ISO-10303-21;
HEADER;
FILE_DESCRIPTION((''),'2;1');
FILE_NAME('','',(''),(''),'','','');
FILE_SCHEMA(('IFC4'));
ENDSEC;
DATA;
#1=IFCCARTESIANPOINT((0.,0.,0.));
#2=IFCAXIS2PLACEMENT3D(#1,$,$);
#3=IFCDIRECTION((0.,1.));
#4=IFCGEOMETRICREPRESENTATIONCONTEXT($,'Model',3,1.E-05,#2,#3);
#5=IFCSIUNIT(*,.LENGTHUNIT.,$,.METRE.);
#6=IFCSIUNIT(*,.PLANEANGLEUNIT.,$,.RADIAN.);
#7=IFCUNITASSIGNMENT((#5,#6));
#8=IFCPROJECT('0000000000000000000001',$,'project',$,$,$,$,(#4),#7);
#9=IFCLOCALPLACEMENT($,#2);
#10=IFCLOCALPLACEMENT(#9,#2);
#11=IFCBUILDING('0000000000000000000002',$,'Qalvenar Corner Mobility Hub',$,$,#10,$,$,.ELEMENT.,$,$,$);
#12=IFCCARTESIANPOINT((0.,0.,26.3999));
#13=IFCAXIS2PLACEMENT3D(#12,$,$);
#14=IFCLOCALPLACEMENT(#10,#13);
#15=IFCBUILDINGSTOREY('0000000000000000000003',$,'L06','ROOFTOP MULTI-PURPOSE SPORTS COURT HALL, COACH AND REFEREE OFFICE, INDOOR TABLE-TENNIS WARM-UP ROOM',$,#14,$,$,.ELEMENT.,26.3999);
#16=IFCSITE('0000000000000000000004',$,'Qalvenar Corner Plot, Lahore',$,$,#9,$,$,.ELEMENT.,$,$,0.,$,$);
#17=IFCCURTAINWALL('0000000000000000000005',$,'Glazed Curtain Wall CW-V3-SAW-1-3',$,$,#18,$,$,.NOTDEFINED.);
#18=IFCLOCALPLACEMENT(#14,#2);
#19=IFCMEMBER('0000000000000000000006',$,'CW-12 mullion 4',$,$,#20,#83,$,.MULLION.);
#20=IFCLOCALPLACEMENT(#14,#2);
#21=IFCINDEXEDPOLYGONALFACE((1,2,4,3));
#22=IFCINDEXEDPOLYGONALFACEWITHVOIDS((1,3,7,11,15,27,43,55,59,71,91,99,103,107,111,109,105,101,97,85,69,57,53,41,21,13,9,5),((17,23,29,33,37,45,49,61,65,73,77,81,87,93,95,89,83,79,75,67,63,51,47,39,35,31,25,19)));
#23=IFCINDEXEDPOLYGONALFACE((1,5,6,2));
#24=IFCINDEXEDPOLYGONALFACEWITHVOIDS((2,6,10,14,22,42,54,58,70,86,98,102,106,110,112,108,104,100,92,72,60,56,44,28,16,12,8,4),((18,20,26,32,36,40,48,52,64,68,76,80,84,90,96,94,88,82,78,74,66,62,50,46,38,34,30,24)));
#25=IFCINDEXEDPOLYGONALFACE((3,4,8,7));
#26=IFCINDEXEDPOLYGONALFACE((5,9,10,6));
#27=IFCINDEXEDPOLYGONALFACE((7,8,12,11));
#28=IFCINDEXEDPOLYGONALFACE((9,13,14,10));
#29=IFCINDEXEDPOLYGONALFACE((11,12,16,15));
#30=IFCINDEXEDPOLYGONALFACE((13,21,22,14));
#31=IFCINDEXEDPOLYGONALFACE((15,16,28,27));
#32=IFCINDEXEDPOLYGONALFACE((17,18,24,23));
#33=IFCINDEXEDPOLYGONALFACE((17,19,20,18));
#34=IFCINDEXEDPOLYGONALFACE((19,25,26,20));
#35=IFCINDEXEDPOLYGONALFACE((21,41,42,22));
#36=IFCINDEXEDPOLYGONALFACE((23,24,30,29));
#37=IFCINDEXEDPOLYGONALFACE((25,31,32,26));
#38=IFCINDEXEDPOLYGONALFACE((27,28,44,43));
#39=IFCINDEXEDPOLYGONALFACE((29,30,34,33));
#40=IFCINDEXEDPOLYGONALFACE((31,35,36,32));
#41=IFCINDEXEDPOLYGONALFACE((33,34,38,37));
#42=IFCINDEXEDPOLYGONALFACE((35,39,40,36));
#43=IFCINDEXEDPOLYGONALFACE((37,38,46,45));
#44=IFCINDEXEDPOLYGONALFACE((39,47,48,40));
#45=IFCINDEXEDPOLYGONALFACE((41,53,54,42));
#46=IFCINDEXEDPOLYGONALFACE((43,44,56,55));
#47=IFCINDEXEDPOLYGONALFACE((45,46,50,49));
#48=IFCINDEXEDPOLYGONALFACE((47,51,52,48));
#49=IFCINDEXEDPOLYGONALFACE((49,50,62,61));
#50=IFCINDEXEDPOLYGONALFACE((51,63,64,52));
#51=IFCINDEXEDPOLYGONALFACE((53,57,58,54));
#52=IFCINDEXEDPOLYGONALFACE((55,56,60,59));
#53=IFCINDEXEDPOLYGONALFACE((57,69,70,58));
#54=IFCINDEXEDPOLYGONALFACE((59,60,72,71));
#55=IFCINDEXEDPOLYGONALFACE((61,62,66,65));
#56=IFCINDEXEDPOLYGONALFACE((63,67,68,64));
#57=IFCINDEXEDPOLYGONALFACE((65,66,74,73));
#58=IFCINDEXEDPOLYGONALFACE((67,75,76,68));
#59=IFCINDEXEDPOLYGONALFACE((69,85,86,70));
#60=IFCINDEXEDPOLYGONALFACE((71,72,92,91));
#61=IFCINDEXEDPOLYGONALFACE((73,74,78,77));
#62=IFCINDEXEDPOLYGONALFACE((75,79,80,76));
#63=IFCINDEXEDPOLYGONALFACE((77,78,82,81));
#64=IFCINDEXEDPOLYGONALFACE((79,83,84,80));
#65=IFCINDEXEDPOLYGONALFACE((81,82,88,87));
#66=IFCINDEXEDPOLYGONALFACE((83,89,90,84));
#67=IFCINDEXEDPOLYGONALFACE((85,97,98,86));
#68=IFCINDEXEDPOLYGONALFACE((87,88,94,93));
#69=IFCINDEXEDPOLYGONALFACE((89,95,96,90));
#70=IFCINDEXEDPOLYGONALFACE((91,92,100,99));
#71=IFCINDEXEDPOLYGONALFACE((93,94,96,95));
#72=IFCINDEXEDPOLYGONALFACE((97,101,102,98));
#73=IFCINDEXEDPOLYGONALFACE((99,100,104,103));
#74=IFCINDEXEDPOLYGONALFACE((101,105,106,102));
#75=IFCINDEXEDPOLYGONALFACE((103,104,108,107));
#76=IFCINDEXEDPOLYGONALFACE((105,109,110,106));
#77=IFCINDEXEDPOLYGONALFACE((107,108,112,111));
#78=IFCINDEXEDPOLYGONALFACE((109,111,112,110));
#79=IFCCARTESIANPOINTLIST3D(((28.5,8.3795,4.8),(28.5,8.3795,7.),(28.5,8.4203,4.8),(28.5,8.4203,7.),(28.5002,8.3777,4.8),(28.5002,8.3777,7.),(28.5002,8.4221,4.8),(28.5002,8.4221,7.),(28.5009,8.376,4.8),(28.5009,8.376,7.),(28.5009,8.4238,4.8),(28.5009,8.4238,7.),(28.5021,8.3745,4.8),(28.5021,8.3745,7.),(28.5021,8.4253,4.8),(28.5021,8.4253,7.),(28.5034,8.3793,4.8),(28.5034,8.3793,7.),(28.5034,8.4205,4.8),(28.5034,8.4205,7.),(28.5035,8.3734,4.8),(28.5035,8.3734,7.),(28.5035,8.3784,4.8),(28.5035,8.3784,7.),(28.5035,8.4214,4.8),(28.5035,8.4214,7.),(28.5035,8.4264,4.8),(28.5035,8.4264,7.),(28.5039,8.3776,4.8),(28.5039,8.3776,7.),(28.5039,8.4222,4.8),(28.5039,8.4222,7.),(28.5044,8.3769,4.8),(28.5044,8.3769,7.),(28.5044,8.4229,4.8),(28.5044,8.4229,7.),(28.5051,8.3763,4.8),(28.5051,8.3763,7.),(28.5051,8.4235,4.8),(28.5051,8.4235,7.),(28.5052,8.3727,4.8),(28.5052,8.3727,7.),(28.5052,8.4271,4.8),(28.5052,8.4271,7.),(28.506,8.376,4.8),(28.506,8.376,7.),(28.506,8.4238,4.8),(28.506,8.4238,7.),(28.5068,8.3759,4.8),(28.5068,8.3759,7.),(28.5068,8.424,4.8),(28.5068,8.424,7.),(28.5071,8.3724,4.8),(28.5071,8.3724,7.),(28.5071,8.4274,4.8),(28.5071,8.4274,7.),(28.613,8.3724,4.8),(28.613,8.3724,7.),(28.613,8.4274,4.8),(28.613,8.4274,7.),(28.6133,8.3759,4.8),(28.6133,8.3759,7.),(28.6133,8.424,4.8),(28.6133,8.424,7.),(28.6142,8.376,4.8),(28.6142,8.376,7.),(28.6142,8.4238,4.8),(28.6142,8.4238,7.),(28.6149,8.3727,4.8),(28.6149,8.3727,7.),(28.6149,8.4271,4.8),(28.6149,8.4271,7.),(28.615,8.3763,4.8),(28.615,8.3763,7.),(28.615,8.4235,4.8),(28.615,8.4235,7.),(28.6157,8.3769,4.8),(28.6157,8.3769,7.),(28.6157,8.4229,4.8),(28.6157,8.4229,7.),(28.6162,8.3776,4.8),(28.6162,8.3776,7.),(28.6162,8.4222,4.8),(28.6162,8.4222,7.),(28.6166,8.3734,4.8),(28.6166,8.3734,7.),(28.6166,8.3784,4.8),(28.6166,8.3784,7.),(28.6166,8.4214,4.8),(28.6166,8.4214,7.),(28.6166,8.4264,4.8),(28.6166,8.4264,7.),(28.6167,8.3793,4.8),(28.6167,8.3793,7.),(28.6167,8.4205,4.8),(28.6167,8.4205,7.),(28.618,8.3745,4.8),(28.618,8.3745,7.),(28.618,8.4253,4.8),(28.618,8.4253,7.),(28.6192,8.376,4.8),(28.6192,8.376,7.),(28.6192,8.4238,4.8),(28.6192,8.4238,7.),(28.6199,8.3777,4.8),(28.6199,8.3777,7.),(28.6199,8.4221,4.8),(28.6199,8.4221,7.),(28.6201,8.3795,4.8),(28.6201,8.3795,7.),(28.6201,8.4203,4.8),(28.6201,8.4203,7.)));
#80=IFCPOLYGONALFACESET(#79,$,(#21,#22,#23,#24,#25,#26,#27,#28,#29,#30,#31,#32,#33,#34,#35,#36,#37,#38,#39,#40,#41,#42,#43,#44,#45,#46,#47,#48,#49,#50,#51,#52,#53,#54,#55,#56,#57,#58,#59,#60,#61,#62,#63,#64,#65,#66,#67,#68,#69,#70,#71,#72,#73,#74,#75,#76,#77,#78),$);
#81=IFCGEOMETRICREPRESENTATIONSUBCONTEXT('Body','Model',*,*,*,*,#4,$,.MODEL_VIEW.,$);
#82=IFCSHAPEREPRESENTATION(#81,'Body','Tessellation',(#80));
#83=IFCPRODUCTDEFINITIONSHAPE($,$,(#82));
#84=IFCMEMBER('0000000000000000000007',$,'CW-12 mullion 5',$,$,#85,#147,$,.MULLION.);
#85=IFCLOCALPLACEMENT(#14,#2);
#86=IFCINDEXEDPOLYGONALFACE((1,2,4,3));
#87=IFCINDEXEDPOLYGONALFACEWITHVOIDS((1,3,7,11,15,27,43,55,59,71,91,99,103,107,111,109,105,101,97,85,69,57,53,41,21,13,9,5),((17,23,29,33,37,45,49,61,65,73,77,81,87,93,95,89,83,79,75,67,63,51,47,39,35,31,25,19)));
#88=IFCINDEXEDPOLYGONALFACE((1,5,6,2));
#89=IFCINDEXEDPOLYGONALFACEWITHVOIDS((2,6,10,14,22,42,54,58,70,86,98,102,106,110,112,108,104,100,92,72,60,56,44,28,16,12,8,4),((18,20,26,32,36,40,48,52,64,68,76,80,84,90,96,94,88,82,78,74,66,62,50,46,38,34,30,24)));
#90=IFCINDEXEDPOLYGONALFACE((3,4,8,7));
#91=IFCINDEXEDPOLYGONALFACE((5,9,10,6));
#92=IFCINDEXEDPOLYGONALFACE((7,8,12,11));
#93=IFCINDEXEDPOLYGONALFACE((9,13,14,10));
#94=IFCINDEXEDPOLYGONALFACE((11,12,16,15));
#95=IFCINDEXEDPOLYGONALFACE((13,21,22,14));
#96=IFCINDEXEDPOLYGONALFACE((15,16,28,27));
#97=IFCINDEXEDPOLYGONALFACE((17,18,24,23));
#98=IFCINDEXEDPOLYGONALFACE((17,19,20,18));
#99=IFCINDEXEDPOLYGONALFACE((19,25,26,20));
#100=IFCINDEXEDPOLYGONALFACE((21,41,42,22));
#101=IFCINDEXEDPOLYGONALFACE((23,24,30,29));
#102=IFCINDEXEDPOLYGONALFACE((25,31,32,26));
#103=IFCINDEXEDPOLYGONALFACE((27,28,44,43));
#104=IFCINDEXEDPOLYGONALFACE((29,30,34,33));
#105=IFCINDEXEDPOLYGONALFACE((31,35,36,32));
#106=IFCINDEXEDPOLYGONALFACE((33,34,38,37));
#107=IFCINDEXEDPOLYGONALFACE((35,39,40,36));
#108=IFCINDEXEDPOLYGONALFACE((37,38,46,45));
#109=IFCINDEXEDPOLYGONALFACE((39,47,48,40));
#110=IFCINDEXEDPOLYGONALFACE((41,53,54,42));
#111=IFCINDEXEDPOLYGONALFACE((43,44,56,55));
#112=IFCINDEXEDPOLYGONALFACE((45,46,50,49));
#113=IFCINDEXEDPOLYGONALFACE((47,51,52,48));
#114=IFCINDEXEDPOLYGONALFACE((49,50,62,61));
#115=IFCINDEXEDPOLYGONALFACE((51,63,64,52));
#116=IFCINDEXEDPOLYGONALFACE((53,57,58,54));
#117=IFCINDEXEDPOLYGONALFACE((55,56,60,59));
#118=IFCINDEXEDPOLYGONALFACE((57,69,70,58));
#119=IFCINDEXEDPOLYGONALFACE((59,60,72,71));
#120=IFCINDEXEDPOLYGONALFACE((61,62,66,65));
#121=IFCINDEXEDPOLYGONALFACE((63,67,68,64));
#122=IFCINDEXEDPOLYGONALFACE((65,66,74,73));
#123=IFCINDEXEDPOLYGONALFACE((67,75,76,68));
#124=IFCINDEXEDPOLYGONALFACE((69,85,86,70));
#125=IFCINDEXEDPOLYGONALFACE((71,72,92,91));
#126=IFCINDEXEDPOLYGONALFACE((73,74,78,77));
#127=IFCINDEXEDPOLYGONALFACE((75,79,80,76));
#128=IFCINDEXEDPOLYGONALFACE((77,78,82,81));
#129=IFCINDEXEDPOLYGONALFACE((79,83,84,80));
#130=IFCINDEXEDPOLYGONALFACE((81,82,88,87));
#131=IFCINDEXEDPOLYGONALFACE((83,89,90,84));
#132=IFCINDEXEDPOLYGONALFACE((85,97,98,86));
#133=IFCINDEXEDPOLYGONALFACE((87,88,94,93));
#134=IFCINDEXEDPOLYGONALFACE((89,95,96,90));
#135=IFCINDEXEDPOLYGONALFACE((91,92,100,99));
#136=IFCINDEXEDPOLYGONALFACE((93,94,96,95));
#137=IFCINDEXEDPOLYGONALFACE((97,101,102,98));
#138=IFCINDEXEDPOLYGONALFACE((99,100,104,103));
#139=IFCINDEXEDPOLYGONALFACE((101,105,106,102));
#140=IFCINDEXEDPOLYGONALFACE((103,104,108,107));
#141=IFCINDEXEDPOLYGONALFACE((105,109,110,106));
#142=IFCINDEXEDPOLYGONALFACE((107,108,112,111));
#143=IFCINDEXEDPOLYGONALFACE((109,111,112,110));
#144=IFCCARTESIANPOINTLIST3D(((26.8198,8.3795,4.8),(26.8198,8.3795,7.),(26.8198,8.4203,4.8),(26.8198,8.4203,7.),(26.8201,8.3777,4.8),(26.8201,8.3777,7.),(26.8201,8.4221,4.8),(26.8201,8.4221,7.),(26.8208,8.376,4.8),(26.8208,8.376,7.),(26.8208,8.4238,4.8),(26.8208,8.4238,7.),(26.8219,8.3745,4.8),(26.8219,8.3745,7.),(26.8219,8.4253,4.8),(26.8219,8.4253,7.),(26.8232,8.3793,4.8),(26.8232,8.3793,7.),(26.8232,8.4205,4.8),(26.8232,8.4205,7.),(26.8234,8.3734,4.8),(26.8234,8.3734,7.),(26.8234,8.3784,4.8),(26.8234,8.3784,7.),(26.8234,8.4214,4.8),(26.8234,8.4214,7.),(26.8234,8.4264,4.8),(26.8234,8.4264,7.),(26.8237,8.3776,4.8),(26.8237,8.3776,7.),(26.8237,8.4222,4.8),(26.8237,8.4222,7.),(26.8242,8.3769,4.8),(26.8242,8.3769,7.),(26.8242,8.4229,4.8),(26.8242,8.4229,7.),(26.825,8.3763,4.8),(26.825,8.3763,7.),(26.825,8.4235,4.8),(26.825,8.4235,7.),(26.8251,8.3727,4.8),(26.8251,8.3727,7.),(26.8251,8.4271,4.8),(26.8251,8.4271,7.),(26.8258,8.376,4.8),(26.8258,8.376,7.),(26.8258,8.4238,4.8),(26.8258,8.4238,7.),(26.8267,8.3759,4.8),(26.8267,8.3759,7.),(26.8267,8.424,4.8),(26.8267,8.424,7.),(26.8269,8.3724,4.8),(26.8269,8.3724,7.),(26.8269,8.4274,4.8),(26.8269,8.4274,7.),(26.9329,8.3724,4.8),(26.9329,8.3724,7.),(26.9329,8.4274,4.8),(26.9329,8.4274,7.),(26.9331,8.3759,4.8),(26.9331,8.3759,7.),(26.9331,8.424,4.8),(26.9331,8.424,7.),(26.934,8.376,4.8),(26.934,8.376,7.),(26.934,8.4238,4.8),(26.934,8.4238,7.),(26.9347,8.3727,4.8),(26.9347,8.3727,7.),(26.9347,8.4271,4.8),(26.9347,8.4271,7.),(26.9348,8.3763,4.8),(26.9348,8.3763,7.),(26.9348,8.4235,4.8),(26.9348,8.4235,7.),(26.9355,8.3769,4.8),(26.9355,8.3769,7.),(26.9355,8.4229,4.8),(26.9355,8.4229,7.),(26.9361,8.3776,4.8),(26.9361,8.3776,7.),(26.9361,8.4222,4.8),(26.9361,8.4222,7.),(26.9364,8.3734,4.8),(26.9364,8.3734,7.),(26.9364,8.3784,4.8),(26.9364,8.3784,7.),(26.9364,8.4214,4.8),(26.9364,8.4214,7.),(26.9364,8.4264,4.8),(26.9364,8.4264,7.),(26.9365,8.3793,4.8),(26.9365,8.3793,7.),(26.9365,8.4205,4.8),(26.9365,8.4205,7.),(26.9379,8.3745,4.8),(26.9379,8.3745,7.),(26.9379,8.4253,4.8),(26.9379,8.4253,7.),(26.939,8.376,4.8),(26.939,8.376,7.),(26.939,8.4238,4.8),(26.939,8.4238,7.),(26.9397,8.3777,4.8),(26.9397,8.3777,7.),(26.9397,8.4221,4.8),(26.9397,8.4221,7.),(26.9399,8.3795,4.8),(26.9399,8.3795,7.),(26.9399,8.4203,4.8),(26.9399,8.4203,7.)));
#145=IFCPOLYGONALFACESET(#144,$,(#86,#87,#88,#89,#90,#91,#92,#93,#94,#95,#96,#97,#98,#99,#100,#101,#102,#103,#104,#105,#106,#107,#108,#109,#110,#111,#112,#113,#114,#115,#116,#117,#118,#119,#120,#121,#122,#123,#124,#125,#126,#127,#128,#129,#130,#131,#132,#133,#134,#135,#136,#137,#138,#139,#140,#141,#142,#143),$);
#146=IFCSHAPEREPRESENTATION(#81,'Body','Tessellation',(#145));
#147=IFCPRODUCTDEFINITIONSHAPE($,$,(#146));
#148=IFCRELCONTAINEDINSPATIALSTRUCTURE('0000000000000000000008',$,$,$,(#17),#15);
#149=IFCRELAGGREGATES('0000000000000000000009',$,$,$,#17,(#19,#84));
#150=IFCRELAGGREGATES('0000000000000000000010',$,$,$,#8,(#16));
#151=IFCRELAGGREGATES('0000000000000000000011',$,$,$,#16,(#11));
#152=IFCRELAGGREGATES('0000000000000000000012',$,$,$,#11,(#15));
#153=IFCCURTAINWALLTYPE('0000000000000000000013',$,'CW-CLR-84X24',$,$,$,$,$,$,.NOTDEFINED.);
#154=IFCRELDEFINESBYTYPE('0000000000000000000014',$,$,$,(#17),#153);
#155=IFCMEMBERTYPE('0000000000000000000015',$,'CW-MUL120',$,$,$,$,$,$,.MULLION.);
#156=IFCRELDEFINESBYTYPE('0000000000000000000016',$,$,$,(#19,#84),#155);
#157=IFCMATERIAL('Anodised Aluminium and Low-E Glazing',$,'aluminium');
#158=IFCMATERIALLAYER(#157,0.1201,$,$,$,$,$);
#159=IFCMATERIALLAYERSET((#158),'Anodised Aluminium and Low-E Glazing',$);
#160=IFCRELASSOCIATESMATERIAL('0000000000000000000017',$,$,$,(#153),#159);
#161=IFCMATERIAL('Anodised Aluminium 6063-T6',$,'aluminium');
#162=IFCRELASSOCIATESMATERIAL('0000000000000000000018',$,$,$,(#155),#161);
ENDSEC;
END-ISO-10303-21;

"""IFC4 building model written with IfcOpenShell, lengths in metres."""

from ifc_helpers import new_model, si_unit, direction, frame, origin, origin_2d, place, context, subcontext, project, spatial, hollow_rectangle, extrude, material, layer, layer_set, material_profile, profile_set, type_object, element, aggregate, save


model = new_model("IFC4")

# Units and contexts
model_context = context("Model", 3, precision=1e-05, world=origin(), true_north=direction((0.0, 1.0)))
body_context = subcontext(model_context, "Body", "Model", "MODEL_VIEW")
ifc_project = project(units=[si_unit("LENGTHUNIT", "METRE"), si_unit("PLANEANGLEUNIT", "RADIAN")], contexts=[model_context])

# Site, building, storey
site_placement = place(None, origin())
site = spatial("IfcSite", under=ifc_project, at=site_placement, Name="Qalvenar Corner Plot, Lahore", CompositionType="ELEMENT", RefElevation=0.0)
building_placement = place(site_placement, origin())
building = spatial("IfcBuilding", under=site, at=building_placement, Name="Qalvenar Corner Mobility Hub", CompositionType="ELEMENT")
storey_placement = place(building_placement, frame((0.0, 0.0, 26.3999)))
storey = spatial("IfcBuildingStorey", under=building, at=storey_placement, Name="L06", Description="ROOFTOP MULTI-PURPOSE SPORTS COURT HALL, COACH AND REFEREE OFFICE, INDOOR TABLE-TENNIS WARM-UP ROOM", CompositionType="ELEMENT", Elevation=26.3999)

# Curtain wall, members
ifc_material_1 = material(Name="Anodised Aluminium and Low-E Glazing", Category="aluminium")
ifc_layer_1 = layer(ifc_material_1, 0.1201)
ifc_layer_set_1 = layer_set([ifc_layer_1], Name="Anodised Aluminium and Low-E Glazing")
curtain_wall_type_1 = type_object("IfcCurtainWallType", Name="CW-CLR-84X24", PredefinedType="NOTDEFINED", material=ifc_layer_set_1)
curtain_wall_1_placement = place(storey_placement, origin())
curtain_wall_1 = element("IfcCurtainWall", 1, at=curtain_wall_1_placement, inside=storey, type_object=curtain_wall_type_1, Name="Glazed Curtain Wall CW-V3-SAW-1-3", PredefinedType="NOTDEFINED")
ifc_material_2 = material(Name="Anodised Aluminium 6063-T6", Category="aluminium")
ifc_material_profile_1 = material_profile(ifc_material_2, hollow_rectangle(XDim=0.0549, YDim=0.1201, WallThickness=0.0034, InnerFilletRadius=0.0034, OuterFilletRadius=0.0071, at=origin_2d()), Name="RHS120x55x3.5")
ifc_profile_set_1 = profile_set([ifc_material_profile_1], Name="Anodised Aluminium 6063-T6")
member_type_1 = type_object("IfcMemberType", Name="CW-MUL120", PredefinedType="MULLION", material=ifc_profile_set_1)
member_1_placement = place(storey_placement, frame((28.5601, 8.3999, 4.8), z_axis=(0.0, 0.0, 1.0), x_axis=(0.0, -1.0, 0.0)))
member_1 = element("IfcMember", 2, at=member_1_placement, type_object=member_type_1, Name="CW-12 mullion 4", PredefinedType="MULLION", context=body_context, shape_type="SweptSolid", body=[
    extrude(hollow_rectangle(XDim=0.0549, YDim=0.1201, WallThickness=0.0034, InnerFilletRadius=0.0034, OuterFilletRadius=0.0071, at=origin_2d()), origin(), (0.0, 0.0, 1.0), 2.2),
])
member_2_placement = place(storey_placement, frame((26.8799, 8.3999, 4.8), z_axis=(0.0, 0.0, 1.0), x_axis=(0.0, -1.0, 0.0)))
member_2 = element("IfcMember", 3, at=member_2_placement, type_object=member_type_1, Name="CW-12 mullion 5", PredefinedType="MULLION", context=body_context, shape_type="SweptSolid", body=[
    extrude(hollow_rectangle(XDim=0.0549, YDim=0.1201, WallThickness=0.0034, InnerFilletRadius=0.0034, OuterFilletRadius=0.0071, at=origin_2d()), origin(), (0.0, 0.0, 1.0), 2.2),
])

aggregate(curtain_wall_1, [member_1, member_2])

save(model, "model.ifc")
